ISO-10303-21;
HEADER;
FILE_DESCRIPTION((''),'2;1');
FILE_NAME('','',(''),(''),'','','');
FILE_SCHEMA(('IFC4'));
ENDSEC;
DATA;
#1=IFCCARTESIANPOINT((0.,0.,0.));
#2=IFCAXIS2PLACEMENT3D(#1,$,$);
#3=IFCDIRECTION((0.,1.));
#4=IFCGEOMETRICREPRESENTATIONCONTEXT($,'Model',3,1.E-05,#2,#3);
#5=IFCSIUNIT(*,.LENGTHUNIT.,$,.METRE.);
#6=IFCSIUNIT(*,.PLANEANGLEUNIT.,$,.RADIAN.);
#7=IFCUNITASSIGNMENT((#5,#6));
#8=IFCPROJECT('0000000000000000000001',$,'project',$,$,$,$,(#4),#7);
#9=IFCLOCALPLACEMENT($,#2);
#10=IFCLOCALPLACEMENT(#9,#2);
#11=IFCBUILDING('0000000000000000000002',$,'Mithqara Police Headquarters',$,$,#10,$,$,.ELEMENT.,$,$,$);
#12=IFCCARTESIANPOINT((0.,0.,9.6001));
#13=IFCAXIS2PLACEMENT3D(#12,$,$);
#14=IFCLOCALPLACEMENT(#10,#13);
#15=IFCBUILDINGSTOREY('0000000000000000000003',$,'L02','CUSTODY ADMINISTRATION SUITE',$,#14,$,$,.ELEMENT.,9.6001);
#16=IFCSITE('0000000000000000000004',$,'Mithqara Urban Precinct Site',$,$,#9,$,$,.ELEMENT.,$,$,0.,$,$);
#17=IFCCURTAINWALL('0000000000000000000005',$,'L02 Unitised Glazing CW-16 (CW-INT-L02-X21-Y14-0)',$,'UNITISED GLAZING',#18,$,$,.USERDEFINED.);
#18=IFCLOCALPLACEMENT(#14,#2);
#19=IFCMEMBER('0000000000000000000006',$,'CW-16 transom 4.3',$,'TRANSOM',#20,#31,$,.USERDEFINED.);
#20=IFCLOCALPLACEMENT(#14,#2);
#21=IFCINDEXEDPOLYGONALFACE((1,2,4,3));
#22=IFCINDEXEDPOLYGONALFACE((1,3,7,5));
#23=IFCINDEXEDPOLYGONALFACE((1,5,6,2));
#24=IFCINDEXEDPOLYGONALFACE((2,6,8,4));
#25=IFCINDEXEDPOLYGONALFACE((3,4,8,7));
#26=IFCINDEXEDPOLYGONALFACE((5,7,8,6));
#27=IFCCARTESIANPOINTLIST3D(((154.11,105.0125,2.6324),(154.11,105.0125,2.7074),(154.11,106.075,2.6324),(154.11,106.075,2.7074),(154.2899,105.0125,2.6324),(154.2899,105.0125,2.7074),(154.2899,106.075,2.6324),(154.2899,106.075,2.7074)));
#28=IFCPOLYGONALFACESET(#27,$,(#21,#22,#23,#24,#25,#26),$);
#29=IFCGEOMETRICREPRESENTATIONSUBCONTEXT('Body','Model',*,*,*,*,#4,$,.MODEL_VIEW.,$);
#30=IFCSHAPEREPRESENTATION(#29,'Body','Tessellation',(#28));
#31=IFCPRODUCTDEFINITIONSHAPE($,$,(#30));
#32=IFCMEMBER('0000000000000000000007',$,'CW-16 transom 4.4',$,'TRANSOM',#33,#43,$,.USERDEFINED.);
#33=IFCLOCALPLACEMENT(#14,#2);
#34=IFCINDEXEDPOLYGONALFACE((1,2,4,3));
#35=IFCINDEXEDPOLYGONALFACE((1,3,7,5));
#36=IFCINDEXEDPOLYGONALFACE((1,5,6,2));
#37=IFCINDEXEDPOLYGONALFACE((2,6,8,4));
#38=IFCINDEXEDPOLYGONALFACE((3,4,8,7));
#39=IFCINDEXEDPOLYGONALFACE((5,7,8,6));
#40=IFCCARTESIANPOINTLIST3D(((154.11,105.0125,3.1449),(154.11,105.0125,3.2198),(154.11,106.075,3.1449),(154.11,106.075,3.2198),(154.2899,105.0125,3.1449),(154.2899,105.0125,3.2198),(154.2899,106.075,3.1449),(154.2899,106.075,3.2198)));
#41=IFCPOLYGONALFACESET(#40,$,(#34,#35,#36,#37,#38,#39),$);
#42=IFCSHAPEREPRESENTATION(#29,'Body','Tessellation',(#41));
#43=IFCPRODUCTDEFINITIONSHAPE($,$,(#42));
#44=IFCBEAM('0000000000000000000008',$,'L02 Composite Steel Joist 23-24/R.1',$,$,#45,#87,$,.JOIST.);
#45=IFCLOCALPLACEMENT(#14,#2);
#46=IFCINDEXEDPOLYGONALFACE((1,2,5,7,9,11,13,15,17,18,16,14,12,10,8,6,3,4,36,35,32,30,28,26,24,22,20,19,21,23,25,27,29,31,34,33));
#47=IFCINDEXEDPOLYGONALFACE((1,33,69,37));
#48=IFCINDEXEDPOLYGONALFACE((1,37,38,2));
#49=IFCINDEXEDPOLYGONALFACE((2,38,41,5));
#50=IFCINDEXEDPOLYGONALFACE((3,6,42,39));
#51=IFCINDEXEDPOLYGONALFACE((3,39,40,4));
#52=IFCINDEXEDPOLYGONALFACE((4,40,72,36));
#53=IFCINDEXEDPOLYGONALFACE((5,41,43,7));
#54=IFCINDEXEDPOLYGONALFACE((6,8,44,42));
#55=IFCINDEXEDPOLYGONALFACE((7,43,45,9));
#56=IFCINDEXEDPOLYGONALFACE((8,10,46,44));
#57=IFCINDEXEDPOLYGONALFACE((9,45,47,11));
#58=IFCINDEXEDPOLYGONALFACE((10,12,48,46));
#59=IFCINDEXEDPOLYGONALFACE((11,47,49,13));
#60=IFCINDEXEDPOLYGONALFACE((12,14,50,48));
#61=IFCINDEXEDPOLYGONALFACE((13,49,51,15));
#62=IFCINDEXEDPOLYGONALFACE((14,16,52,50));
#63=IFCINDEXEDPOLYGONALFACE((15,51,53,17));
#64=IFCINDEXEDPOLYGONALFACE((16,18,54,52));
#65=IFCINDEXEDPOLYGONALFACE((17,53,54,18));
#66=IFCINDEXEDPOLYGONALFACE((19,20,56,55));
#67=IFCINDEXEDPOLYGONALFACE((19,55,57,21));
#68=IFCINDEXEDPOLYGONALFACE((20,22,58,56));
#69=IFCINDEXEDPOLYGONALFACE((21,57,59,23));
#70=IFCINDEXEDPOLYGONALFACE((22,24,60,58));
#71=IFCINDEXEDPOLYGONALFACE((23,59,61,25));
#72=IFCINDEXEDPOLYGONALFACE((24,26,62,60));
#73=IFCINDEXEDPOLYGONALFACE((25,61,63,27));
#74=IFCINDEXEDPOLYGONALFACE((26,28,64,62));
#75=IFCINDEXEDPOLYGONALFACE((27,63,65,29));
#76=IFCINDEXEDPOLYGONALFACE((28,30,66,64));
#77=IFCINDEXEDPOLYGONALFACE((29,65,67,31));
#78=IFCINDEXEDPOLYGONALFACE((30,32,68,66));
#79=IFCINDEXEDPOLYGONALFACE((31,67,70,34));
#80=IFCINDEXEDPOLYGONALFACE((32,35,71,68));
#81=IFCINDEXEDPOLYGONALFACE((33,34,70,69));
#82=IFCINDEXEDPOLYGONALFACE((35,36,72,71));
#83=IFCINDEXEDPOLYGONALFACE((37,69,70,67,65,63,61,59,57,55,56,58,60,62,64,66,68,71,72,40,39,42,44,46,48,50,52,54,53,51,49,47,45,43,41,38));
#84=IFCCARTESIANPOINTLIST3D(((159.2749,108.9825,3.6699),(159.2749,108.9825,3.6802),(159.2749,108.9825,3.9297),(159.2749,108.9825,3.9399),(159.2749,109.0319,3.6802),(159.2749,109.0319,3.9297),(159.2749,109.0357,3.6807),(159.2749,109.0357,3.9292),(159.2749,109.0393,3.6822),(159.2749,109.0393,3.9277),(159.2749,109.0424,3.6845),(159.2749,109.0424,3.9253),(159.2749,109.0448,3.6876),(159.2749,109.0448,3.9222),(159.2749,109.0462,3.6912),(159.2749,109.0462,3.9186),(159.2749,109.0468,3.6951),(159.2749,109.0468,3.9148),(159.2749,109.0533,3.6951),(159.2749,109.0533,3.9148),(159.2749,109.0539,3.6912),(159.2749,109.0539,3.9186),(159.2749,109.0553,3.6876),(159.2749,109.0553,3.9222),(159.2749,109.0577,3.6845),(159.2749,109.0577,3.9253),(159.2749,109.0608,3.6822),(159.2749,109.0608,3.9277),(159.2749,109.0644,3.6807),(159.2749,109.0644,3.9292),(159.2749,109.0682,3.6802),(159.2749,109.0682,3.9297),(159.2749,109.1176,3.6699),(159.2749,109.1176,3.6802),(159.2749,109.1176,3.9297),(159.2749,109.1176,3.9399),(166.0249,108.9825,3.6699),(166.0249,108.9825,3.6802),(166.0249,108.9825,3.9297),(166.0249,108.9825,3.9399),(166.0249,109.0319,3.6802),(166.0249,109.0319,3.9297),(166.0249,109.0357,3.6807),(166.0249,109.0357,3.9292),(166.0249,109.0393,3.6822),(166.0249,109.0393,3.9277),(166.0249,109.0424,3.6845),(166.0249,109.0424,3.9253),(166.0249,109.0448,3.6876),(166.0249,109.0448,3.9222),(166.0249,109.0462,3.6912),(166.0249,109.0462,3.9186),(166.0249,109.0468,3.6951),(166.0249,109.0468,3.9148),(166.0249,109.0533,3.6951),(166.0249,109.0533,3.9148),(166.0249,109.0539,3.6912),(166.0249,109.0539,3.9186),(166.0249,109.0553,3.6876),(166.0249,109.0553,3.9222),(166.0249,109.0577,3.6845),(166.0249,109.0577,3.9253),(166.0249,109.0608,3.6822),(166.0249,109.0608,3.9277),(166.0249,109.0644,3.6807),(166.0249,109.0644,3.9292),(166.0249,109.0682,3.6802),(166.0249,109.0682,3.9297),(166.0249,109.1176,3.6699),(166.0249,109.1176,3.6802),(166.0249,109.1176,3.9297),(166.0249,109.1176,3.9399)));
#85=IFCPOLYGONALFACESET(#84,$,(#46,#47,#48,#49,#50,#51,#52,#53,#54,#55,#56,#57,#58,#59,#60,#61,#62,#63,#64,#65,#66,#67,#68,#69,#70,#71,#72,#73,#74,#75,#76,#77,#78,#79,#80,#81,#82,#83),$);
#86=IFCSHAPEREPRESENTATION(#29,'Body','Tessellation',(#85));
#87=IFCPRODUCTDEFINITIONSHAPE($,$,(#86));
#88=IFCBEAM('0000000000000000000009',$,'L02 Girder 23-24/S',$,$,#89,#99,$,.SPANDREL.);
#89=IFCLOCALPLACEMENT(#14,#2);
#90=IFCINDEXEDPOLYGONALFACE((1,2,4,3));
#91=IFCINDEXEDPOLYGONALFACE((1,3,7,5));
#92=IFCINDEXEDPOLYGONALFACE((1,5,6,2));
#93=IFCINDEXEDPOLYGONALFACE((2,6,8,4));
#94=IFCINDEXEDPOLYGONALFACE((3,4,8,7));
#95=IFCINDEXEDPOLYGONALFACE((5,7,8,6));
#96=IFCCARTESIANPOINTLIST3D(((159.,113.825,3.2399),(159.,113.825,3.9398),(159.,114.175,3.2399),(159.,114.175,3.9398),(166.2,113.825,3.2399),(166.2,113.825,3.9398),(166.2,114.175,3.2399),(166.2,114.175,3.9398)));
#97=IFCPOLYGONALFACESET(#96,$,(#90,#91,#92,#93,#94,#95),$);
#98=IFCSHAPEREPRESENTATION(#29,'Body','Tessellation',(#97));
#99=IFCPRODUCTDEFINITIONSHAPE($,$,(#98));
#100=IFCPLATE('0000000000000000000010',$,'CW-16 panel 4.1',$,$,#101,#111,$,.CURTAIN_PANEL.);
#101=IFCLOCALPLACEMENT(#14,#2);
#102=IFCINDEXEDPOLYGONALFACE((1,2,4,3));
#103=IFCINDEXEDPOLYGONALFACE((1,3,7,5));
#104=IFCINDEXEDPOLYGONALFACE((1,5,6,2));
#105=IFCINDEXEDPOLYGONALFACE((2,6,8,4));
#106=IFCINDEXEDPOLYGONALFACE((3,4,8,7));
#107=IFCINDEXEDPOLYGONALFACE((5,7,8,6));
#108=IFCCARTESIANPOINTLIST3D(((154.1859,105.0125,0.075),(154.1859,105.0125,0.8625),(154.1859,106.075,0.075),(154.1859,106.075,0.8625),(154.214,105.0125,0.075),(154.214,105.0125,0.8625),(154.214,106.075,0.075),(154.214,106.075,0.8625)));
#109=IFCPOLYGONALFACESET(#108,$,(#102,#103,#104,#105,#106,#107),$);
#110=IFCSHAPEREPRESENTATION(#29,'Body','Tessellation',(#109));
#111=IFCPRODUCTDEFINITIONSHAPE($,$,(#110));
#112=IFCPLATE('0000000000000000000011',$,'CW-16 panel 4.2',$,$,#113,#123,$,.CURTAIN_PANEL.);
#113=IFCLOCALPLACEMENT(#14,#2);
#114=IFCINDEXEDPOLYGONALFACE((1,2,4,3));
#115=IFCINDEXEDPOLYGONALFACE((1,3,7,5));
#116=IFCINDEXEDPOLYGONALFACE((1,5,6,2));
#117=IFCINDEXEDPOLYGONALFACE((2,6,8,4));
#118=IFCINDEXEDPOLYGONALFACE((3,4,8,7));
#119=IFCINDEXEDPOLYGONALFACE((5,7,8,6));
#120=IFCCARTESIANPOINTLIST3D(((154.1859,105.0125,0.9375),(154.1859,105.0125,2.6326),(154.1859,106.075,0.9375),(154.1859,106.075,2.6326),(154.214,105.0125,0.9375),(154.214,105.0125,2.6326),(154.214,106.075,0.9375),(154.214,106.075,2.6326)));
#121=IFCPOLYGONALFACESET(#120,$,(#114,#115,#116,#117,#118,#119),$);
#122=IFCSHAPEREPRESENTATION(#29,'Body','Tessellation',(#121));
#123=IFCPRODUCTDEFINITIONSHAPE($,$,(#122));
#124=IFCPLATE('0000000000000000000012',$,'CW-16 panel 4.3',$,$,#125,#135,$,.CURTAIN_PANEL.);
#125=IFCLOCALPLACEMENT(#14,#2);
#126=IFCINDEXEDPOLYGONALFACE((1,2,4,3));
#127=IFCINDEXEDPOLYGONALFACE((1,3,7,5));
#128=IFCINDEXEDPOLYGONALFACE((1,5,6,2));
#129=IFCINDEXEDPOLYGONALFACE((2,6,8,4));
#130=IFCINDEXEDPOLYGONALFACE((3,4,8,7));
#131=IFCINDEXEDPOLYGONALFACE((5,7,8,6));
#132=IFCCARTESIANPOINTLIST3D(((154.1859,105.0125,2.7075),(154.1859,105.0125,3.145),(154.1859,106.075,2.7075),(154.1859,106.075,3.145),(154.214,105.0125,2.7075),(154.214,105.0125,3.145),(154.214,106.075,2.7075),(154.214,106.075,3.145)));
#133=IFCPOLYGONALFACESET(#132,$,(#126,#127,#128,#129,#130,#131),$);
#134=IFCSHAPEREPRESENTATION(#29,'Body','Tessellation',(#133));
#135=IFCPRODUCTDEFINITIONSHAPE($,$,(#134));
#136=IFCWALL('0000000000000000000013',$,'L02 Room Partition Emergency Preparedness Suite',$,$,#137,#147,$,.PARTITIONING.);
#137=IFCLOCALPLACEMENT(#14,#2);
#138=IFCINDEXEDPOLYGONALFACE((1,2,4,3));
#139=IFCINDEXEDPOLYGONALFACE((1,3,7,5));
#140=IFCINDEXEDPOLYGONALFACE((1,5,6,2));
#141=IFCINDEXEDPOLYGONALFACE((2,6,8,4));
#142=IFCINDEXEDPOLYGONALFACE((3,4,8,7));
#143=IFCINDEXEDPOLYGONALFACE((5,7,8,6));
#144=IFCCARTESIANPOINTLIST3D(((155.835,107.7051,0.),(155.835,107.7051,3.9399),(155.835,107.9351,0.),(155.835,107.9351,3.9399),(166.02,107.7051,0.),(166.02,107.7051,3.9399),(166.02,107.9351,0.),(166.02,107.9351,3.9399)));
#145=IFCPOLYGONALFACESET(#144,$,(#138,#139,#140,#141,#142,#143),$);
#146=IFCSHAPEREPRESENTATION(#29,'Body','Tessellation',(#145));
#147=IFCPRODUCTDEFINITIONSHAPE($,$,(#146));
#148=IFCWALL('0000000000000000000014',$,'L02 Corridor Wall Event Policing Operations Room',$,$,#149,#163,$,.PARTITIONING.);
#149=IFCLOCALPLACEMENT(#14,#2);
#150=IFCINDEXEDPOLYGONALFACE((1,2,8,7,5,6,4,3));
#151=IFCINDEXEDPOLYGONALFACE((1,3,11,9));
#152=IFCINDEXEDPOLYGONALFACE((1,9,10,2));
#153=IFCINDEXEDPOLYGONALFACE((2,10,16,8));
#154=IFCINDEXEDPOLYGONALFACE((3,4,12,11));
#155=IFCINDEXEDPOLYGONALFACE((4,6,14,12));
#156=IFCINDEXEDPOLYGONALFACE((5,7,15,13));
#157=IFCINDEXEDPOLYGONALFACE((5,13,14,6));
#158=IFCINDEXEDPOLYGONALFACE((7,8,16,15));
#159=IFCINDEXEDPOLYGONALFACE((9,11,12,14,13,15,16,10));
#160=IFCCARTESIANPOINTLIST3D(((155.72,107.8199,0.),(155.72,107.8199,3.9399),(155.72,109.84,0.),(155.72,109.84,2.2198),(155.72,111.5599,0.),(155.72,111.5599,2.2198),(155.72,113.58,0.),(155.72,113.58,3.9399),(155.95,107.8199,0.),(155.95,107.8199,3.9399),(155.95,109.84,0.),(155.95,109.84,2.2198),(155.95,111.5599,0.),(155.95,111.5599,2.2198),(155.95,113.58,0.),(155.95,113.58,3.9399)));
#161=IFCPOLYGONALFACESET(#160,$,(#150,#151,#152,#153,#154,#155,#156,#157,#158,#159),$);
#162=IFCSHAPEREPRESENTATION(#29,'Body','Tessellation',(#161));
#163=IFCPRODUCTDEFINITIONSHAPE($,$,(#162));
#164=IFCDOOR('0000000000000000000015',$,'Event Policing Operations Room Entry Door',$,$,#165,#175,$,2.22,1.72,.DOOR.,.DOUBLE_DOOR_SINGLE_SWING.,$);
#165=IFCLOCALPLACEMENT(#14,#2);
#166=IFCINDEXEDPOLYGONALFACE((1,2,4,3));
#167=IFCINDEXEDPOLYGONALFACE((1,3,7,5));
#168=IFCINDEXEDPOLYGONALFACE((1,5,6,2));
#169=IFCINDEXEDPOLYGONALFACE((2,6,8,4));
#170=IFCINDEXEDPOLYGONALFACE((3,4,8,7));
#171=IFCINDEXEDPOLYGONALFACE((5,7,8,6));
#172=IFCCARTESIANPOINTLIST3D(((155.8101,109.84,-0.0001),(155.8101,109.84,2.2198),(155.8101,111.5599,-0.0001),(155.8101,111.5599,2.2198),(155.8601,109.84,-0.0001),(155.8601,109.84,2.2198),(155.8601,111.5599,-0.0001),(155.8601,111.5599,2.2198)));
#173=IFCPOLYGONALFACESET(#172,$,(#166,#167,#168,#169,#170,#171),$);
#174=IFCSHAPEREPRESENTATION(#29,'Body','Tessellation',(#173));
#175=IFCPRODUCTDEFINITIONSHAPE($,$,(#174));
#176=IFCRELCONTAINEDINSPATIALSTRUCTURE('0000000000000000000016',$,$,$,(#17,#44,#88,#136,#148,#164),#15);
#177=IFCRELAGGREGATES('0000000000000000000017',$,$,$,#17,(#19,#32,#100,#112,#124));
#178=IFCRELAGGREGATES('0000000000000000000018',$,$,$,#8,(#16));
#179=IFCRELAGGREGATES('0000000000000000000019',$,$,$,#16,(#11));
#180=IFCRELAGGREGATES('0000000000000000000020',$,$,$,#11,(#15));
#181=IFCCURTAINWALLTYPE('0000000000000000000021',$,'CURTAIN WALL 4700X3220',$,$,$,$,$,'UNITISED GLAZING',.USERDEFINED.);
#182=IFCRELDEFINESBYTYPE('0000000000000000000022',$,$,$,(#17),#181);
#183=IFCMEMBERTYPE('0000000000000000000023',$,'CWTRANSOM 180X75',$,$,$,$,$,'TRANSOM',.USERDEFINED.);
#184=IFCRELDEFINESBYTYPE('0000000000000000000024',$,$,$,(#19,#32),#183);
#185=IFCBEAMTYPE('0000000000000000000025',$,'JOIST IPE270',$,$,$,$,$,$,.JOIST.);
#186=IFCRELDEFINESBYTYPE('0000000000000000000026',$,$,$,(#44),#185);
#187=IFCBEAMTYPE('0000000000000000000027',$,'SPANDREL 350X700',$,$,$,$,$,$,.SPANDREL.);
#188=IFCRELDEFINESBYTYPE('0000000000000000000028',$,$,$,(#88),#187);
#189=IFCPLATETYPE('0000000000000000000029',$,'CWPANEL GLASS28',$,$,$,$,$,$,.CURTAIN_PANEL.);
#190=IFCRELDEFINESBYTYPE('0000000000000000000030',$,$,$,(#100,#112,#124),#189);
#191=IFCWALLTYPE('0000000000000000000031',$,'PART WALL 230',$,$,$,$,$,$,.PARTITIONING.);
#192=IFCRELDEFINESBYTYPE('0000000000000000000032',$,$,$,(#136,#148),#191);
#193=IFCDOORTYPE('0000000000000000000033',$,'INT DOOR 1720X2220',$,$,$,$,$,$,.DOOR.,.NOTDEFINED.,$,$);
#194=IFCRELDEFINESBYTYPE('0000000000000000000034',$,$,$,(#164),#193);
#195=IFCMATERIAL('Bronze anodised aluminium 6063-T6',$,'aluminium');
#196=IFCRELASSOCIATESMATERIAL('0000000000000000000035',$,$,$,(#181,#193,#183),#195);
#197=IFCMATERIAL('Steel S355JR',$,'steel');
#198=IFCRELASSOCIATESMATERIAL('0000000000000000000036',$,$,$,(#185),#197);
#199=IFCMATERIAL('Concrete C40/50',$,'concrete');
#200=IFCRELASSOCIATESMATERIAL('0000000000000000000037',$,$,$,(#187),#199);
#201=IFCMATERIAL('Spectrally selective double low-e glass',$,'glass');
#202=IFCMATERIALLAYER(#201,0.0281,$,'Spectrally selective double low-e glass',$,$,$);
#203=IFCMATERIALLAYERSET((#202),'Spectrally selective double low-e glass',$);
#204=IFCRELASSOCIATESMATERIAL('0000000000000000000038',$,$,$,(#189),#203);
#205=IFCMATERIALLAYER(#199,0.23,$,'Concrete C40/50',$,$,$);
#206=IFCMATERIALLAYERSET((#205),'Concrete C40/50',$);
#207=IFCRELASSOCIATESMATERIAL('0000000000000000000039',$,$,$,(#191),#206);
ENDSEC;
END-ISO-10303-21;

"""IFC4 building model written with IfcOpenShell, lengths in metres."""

from ifc_helpers import new_model, si_unit, direction, frame, frame_2d, origin, origin_2d, place, context, subcontext, project, spatial, rectangle, i_section, extrude, material, layer, layer_set, material_profile, profile_set, type_object, element, fill, aggregate, save


model = new_model("IFC4")

# Units and contexts
model_context = context("Model", 3, precision=1e-05, world=origin(), true_north=direction((0.0, 1.0)))
body_context = subcontext(model_context, "Body", "Model", "MODEL_VIEW")
ifc_project = project(units=[si_unit("LENGTHUNIT", "METRE"), si_unit("PLANEANGLEUNIT", "RADIAN")], contexts=[model_context])

# Site, building, storey
site_placement = place(None, origin())
site = spatial("IfcSite", under=ifc_project, at=site_placement, Name="Mithqara Urban Precinct Site", CompositionType="ELEMENT", RefElevation=0.0)
building_placement = place(site_placement, origin())
building = spatial("IfcBuilding", under=site, at=building_placement, Name="Mithqara Police Headquarters", CompositionType="ELEMENT")
storey_placement = place(building_placement, frame((0.0, 0.0, 9.6001)))
storey = spatial("IfcBuildingStorey", under=building, at=storey_placement, Name="L02", Description="CUSTODY ADMINISTRATION SUITE", CompositionType="ELEMENT", Elevation=9.6001)

# Shared definitions
ifc_material_1 = material(Name="Steel S355JR", Category="steel")
ifc_material_2 = material(Name="Concrete C40/50", Category="concrete")

# Curtain wall, members
ifc_material_3 = material(Name="Bronze anodised aluminium 6063-T6", Category="aluminium")
curtain_wall_type = type_object("IfcCurtainWallType", Name="CURTAIN WALL 4700X3220", ElementType="UNITISED GLAZING", PredefinedType="USERDEFINED", material=ifc_material_3)
curtain_wall_placement = place(storey_placement, origin())
curtain_wall = element("IfcCurtainWall", 1, at=curtain_wall_placement, inside=storey, type_object=curtain_wall_type, Name="L02 Unitised Glazing CW-16 (CW-INT-L02-X21-Y14-0)", ObjectType="UNITISED GLAZING", PredefinedType="USERDEFINED")
ifc_material_profile_1 = material_profile(ifc_material_3, rectangle(XDim=0.1799, YDim=0.075, at=origin_2d()), Name="CWT 180x75")
ifc_profile_set_1 = profile_set([ifc_material_profile_1], Name="Bronze anodised aluminium 6063-T6")
member_type_1 = type_object("IfcMemberType", Name="CWTRANSOM 180X75", ElementType="TRANSOM", PredefinedType="USERDEFINED", material=ifc_profile_set_1)
member_1_placement = place(storey_placement, frame((154.2, 105.0125, 2.6699), z_axis=(0.0, 1.0, 0.0), x_axis=(-1.0, 0.0, 0.0)))
member_1 = element("IfcMember", 2, at=member_1_placement, type_object=member_type_1, Name="CW-16 transom 4.3", ObjectType="TRANSOM", PredefinedType="USERDEFINED", context=body_context, shape_type="SweptSolid", body=[
    extrude(rectangle(XDim=0.1799, YDim=0.075, at=origin_2d()), origin(), (0.0, 0.0, 1.0), 1.0625),
])
member_2_placement = place(storey_placement, frame((154.2, 105.0125, 3.1824), z_axis=(0.0, 1.0, 0.0), x_axis=(-1.0, 0.0, 0.0)))
member_2 = element("IfcMember", 3, at=member_2_placement, type_object=member_type_1, Name="CW-16 transom 4.4", ObjectType="TRANSOM", PredefinedType="USERDEFINED", context=body_context, shape_type="SweptSolid", body=[
    extrude(rectangle(XDim=0.1799, YDim=0.075, at=origin_2d()), origin(), (0.0, 0.0, 1.0), 1.0625),
])

# Beams
ifc_material_profile_2 = material_profile(ifc_material_1, i_section(OverallWidth=0.135, OverallDepth=0.27, WebThickness=0.0066, FlangeThickness=0.0103, FilletRadius=0.0149, at=origin_2d()), Name="IPE 270")
ifc_profile_set_2 = profile_set([ifc_material_profile_2], Name="Steel S355JR")
beam_type_1 = type_object("IfcBeamType", Name="JOIST IPE270", PredefinedType="JOIST", material=ifc_profile_set_2)
beam_1_placement = place(storey_placement, frame((159.2749, 109.05, 3.8049), z_axis=(1.0, 0.0, 0.0), x_axis=(0.0, 1.0, 0.0)))
element("IfcBeam", 4, at=beam_1_placement, inside=storey, type_object=beam_type_1, Name="L02 Composite Steel Joist 23-24/R.1", PredefinedType="JOIST", context=body_context, shape_type="SweptSolid", body=[
    extrude(i_section(OverallWidth=0.135, OverallDepth=0.27, WebThickness=0.0066, FlangeThickness=0.0103, FilletRadius=0.0149, at=origin_2d()), origin(), (0.0, 0.0, 1.0), 6.75),
])
ifc_material_profile_3 = material_profile(ifc_material_2, rectangle(XDim=0.3501, YDim=0.7, at=origin_2d()), Name="SPB 350x700")
ifc_profile_set_3 = profile_set([ifc_material_profile_3], Name="Concrete C40/50")
beam_type_2 = type_object("IfcBeamType", Name="SPANDREL 350X700", PredefinedType="SPANDREL", material=ifc_profile_set_3)
beam_2_placement = place(storey_placement, frame((159.0, 114.0, 3.5898), z_axis=(1.0, 0.0, 0.0), x_axis=(0.0, 1.0, 0.0)))
element("IfcBeam", 5, at=beam_2_placement, inside=storey, type_object=beam_type_2, Name="L02 Girder 23-24/S", PredefinedType="SPANDREL", context=body_context, shape_type="SweptSolid", body=[
    extrude(rectangle(XDim=0.3501, YDim=0.7, at=origin_2d()), origin(), (0.0, 0.0, 1.0), 7.2),
])

# Plates
ifc_material_4 = material(Name="Spectrally selective double low-e glass", Category="glass")
ifc_layer_1 = layer(ifc_material_4, 0.0281, Name="Spectrally selective double low-e glass")
ifc_layer_set_1 = layer_set([ifc_layer_1], Name="Spectrally selective double low-e glass")
plate_type = type_object("IfcPlateType", Name="CWPANEL GLASS28", PredefinedType="CURTAIN_PANEL", material=ifc_layer_set_1)
plate_1_placement = place(storey_placement, frame((154.2, 105.5437, 0.075), z_axis=(0.0, 0.0, 1.0), x_axis=(0.0, 1.0, 0.0)))
plate_1 = element("IfcPlate", 6, at=plate_1_placement, type_object=plate_type, Name="CW-16 panel 4.1", PredefinedType="CURTAIN_PANEL", context=body_context, shape_type="SweptSolid", body=[
    extrude(rectangle(XDim=1.0625, YDim=0.0281, at=origin_2d()), origin(), (0.0, 0.0, 1.0), 0.7876),
])
plate_2_placement = place(storey_placement, frame((154.2, 105.5437, 0.9375), z_axis=(0.0, 0.0, 1.0), x_axis=(0.0, 1.0, 0.0)))
plate_2 = element("IfcPlate", 7, at=plate_2_placement, type_object=plate_type, Name="CW-16 panel 4.2", PredefinedType="CURTAIN_PANEL", context=body_context, shape_type="SweptSolid", body=[
    extrude(rectangle(XDim=1.0625, YDim=0.0281, at=origin_2d()), origin(), (0.0, 0.0, 1.0), 1.6951),
])
plate_3_placement = place(storey_placement, frame((154.2, 105.5437, 2.7075), z_axis=(0.0, 0.0, 1.0), x_axis=(0.0, 1.0, 0.0)))
plate_3 = element("IfcPlate", 8, at=plate_3_placement, type_object=plate_type, Name="CW-16 panel 4.3", PredefinedType="CURTAIN_PANEL", context=body_context, shape_type="SweptSolid", body=[
    extrude(rectangle(XDim=1.0625, YDim=0.0281, at=origin_2d()), origin(), (0.0, 0.0, 1.0), 0.4375),
])
aggregate(curtain_wall, [member_1, member_2, plate_1, plate_2, plate_3])

# Wall
ifc_layer_2 = layer(ifc_material_2, 0.23, Name="Concrete C40/50")
ifc_layer_set_2 = layer_set([ifc_layer_2], Name="Concrete C40/50")
wall_type = type_object("IfcWallType", Name="PART WALL 230", PredefinedType="PARTITIONING", material=ifc_layer_set_2)
wall_1_placement = place(storey_placement, frame((155.835, 107.8201, 0.0), z_axis=(0.0, 0.0, 1.0), x_axis=(1.0, 0.0, 0.0)))
element("IfcWall", 9, at=wall_1_placement, inside=storey, type_object=wall_type, Name="L02 Room Partition Emergency Preparedness Suite", PredefinedType="PARTITIONING", context=body_context, shape_type="SweptSolid", body=[
    extrude(rectangle(XDim=10.1851, YDim=0.23, at=frame_2d((5.0925, 0.0))), origin(), (0.0, 0.0, 1.0), 3.9399),
])

# Wall, opening, door
wall_2_placement = place(storey_placement, frame((155.835, 107.8201, 0.0), z_axis=(0.0, 0.0, 1.0), x_axis=(0.0, 1.0, 0.0)))
wall_2 = element("IfcWall", 10, at=wall_2_placement, inside=storey, type_object=wall_type, Name="L02 Corridor Wall Event Policing Operations Room", PredefinedType="PARTITIONING", context=body_context, shape_type="SweptSolid", body=[
    extrude(rectangle(XDim=5.76, YDim=0.23, at=frame_2d((2.8799, 0.0))), origin(), (0.0, 0.0, 1.0), 3.9399),
])
opening_placement = place(wall_2_placement, frame((2.02, 0.0, 0.0)))
opening = element("IfcOpeningElement", 11, at=opening_placement, cuts=wall_2, PredefinedType="OPENING", context=body_context, shape_type="SweptSolid", body=[
    extrude(rectangle(XDim=1.72, YDim=2.22, at=frame_2d((0.8599, 1.1099))), frame((0.0, 0.125, 0.0), z_axis=(0.0, -1.0, 0.0), x_axis=(1.0, 0.0, 0.0)), (0.0, 0.0, 1.0), 0.25),
])
door_type = type_object("IfcDoorType", Name="INT DOOR 1720X2220", OperationType="NOTDEFINED", PredefinedType="DOOR", material=ifc_material_3)
door_placement = place(opening_placement, origin())
door = element("IfcDoor", 12, at=door_placement, inside=storey, type_object=door_type, Name="Event Policing Operations Room Entry Door", OperationType="DOUBLE_DOOR_SINGLE_SWING", OverallHeight=2.22, OverallWidth=1.72, PredefinedType="DOOR", context=body_context, shape_type="SweptSolid", body=[
    extrude(rectangle(XDim=1.72, YDim=2.22, at=frame_2d((0.8599, 1.1099))), frame((0.0, 0.0249, 0.0), z_axis=(0.0, -1.0, 0.0), x_axis=(1.0, 0.0, 0.0)), (0.0, 0.0, 1.0), 0.05),
])
fill(opening, door)

save(model, "model.ifc")
